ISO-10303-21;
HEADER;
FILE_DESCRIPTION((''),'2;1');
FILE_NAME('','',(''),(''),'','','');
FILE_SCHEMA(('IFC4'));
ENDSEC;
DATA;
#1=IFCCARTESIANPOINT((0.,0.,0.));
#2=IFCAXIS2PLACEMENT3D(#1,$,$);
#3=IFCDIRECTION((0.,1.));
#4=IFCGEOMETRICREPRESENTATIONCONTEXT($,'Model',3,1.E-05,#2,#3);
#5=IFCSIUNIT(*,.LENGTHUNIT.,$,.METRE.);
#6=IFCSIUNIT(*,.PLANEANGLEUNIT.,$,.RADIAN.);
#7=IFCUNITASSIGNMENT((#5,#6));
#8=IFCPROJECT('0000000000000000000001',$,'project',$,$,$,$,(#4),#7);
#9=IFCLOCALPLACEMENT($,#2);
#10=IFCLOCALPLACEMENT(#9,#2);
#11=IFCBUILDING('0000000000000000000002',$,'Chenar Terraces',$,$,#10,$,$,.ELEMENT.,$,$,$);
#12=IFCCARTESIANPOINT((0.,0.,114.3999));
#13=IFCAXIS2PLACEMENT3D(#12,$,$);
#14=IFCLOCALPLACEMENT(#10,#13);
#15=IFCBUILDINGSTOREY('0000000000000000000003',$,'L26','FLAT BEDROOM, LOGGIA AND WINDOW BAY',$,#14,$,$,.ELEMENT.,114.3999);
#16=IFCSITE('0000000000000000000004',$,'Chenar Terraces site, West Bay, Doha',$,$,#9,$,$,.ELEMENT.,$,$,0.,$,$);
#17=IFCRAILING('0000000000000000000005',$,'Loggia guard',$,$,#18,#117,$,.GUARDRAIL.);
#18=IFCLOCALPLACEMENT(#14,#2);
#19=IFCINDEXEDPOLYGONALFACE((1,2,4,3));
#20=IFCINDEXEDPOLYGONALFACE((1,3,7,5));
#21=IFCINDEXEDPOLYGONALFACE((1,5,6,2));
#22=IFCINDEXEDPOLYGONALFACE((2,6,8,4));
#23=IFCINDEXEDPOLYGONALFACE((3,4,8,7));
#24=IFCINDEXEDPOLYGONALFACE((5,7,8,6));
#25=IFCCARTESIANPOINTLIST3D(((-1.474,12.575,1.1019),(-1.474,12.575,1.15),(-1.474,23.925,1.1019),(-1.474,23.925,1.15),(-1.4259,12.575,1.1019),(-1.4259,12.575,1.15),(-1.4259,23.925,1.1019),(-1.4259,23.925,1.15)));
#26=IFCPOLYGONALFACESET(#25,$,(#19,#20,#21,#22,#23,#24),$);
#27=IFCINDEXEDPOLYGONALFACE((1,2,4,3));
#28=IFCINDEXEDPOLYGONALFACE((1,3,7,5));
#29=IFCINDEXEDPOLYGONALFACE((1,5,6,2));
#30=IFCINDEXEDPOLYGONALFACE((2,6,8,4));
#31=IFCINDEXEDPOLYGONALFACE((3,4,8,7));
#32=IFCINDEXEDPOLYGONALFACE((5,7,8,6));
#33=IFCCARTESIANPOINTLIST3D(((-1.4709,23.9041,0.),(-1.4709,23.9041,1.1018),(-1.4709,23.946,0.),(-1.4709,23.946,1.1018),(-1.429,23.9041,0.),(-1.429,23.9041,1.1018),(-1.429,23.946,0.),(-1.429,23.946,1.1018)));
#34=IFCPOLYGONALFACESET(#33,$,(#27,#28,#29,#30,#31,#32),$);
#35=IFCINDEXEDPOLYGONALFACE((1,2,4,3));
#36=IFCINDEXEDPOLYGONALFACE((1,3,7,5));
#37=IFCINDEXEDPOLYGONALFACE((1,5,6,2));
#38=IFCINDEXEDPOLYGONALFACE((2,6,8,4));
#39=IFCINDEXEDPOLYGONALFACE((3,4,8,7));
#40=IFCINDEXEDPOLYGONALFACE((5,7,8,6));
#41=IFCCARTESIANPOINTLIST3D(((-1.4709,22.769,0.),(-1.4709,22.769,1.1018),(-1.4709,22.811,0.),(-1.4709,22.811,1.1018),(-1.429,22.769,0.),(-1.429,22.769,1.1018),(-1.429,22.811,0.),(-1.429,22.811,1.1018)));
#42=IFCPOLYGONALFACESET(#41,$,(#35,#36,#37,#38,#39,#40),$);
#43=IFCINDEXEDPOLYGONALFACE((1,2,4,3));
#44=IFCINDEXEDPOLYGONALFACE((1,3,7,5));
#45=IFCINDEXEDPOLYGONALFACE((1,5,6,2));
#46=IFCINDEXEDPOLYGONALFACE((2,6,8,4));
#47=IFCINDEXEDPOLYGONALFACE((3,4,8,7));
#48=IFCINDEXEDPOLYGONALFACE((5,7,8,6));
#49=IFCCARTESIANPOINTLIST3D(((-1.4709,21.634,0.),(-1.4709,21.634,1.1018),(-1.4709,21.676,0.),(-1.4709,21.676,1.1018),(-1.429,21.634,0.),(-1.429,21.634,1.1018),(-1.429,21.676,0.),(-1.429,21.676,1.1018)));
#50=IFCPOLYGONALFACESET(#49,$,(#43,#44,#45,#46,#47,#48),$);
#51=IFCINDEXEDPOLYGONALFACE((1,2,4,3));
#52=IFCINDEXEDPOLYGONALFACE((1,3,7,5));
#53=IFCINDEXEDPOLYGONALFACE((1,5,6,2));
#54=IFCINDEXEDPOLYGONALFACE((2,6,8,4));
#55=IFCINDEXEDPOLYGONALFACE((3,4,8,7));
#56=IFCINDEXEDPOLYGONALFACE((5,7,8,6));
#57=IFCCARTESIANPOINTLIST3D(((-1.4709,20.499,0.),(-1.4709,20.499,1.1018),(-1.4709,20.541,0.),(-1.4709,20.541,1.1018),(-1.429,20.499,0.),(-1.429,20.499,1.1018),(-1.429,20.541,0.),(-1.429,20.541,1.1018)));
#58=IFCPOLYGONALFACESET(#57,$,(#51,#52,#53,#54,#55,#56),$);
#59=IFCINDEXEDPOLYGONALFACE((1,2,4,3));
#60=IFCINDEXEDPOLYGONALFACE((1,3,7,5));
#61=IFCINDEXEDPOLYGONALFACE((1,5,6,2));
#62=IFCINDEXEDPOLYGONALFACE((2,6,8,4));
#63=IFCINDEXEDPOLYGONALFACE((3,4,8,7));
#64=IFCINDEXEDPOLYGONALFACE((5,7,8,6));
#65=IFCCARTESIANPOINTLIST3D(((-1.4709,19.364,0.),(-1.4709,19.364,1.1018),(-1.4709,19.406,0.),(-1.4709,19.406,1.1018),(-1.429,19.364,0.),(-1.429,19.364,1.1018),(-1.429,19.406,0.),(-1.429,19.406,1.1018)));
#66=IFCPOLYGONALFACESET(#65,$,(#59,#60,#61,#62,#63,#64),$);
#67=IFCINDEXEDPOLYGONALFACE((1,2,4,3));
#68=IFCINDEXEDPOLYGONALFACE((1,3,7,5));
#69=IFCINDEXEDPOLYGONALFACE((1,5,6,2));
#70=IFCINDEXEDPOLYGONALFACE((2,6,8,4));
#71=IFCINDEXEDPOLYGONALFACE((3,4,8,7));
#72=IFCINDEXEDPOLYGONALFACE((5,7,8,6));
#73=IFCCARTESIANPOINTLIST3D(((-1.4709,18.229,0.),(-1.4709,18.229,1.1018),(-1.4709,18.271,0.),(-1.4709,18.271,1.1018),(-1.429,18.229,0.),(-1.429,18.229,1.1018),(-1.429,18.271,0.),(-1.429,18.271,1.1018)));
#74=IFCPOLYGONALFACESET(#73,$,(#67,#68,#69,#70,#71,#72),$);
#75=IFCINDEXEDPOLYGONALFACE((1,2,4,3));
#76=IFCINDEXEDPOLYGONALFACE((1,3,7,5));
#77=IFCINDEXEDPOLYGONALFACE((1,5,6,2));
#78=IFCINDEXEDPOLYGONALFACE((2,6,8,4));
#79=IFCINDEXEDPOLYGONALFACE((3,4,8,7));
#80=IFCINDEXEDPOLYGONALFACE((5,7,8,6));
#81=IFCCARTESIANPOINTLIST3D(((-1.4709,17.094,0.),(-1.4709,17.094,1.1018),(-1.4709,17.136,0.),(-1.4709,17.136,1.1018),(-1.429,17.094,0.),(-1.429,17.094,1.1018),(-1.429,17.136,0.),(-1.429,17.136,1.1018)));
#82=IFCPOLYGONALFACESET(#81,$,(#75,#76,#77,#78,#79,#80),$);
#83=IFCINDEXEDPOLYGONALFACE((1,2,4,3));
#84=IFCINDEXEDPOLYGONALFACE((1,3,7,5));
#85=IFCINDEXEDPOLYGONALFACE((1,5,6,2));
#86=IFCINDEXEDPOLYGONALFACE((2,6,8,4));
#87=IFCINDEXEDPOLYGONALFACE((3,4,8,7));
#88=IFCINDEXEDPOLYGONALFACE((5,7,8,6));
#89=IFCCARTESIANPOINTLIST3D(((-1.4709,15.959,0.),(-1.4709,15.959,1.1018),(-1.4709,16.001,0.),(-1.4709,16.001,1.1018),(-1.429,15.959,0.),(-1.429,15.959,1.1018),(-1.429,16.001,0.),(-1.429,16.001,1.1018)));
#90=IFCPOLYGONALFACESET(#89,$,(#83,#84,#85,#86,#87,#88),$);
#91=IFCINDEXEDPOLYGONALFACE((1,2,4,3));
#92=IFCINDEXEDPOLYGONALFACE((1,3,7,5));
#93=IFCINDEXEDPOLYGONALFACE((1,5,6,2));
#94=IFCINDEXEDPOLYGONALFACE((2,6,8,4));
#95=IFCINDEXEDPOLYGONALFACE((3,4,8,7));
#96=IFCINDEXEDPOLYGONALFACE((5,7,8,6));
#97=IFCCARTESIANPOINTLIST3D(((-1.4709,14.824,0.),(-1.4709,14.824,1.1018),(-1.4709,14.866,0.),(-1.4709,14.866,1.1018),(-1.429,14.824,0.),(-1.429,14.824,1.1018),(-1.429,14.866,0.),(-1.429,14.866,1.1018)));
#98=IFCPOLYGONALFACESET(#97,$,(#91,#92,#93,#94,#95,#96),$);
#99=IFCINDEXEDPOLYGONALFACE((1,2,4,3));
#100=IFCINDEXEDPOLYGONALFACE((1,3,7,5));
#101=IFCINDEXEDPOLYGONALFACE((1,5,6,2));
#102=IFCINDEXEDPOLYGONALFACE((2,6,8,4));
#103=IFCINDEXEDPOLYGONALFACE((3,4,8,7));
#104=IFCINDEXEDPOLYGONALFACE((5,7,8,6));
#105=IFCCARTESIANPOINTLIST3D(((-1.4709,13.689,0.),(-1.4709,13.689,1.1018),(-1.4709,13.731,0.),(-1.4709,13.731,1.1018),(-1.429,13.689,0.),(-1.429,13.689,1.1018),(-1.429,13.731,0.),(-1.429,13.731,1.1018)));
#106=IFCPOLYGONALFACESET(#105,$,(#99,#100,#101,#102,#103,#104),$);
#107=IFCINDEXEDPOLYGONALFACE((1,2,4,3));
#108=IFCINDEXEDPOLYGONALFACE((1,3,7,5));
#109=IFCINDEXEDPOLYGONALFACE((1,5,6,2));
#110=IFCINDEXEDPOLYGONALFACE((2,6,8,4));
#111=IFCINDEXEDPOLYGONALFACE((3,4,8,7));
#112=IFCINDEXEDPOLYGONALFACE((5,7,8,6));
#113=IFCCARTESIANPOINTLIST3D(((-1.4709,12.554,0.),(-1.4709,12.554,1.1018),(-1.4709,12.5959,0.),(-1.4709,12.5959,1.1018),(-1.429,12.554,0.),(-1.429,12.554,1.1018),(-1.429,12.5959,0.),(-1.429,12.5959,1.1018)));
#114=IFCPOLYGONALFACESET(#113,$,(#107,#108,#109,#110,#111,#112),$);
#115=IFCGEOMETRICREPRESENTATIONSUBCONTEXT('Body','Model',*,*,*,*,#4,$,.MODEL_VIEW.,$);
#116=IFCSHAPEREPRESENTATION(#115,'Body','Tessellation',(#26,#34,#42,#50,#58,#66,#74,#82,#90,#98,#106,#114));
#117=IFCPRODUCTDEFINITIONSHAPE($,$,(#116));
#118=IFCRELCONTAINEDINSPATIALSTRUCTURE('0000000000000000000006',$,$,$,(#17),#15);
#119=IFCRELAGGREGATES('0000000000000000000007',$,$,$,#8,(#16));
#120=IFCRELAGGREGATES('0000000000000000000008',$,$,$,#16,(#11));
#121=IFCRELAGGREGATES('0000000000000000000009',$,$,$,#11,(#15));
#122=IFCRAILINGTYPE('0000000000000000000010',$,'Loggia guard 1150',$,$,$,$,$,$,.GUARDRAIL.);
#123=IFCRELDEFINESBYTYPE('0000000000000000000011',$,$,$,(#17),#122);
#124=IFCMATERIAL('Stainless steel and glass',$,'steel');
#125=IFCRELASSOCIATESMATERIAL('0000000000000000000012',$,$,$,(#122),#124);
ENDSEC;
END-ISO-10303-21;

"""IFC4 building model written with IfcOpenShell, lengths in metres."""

from ifc_helpers import new_model, si_unit, direction, frame, origin, origin_2d, place, context, subcontext, project, spatial, rectangle, extrude, material, type_object, element, save


model = new_model("IFC4")

# Units and contexts
model_context = context("Model", 3, precision=1e-05, world=origin(), true_north=direction((0.0, 1.0)))
body_context = subcontext(model_context, "Body", "Model", "MODEL_VIEW")
ifc_project = project(units=[si_unit("LENGTHUNIT", "METRE"), si_unit("PLANEANGLEUNIT", "RADIAN")], contexts=[model_context])

# Site, building, storey
site_placement = place(None, origin())
site = spatial("IfcSite", under=ifc_project, at=site_placement, Name="Chenar Terraces site, West Bay, Doha", CompositionType="ELEMENT", RefElevation=0.0)
building_placement = place(site_placement, origin())
building = spatial("IfcBuilding", under=site, at=building_placement, Name="Chenar Terraces", CompositionType="ELEMENT")
storey_placement = place(building_placement, frame((0.0, 0.0, 114.3999)))
storey = spatial("IfcBuildingStorey", under=building, at=storey_placement, Name="L26", Description="FLAT BEDROOM, LOGGIA AND WINDOW BAY", CompositionType="ELEMENT", Elevation=114.3999)

# Railing
ifc_material_1 = material(Name="Stainless steel and glass", Category="steel")
railing_type_1 = type_object("IfcRailingType", Name="Loggia guard 1150", PredefinedType="GUARDRAIL", material=ifc_material_1)
railing_1_placement = place(storey_placement, frame((-1.45, 23.925, 0.0)))
element("IfcRailing", 1, at=railing_1_placement, inside=storey, type_object=railing_type_1, Name="Loggia guard", PredefinedType="GUARDRAIL", context=body_context, shape_type="SweptSolid", body=[
    extrude(rectangle(XDim=0.0481, YDim=0.0481, at=origin_2d()), frame((0.0, 0.0, 1.126), z_axis=(0.0, -1.0, 0.0), x_axis=(1.0, 0.0, 0.0)), (0.0, 0.0, 1.0), 11.3501),
    extrude(rectangle(XDim=0.042, YDim=0.042, at=origin_2d()), origin(), (0.0, 0.0, 1.0), 1.1018),
    extrude(rectangle(XDim=0.042, YDim=0.042, at=origin_2d()), frame((0.0, -1.135, 0.0)), (0.0, 0.0, 1.0), 1.1018),
    extrude(rectangle(XDim=0.042, YDim=0.042, at=origin_2d()), frame((0.0, -2.27, 0.0)), (0.0, 0.0, 1.0), 1.1018),
    extrude(rectangle(XDim=0.042, YDim=0.042, at=origin_2d()), frame((0.0, -3.405, 0.0)), (0.0, 0.0, 1.0), 1.1018),
    extrude(rectangle(XDim=0.042, YDim=0.042, at=origin_2d()), frame((0.0, -4.54, 0.0)), (0.0, 0.0, 1.0), 1.1018),
    extrude(rectangle(XDim=0.042, YDim=0.042, at=origin_2d()), frame((0.0, -5.675, 0.0)), (0.0, 0.0, 1.0), 1.1018),
    extrude(rectangle(XDim=0.042, YDim=0.042, at=origin_2d()), frame((0.0, -6.8101, 0.0)), (0.0, 0.0, 1.0), 1.1018),
    extrude(rectangle(XDim=0.042, YDim=0.042, at=origin_2d()), frame((0.0, -7.9451, 0.0)), (0.0, 0.0, 1.0), 1.1018),
    extrude(rectangle(XDim=0.042, YDim=0.042, at=origin_2d()), frame((0.0, -9.0801, 0.0)), (0.0, 0.0, 1.0), 1.1018),
    extrude(rectangle(XDim=0.042, YDim=0.042, at=origin_2d()), frame((0.0, -10.2151, 0.0)), (0.0, 0.0, 1.0), 1.1018),
    extrude(rectangle(XDim=0.042, YDim=0.042, at=origin_2d()), frame((0.0, -11.3501, 0.0)), (0.0, 0.0, 1.0), 1.1018),
])

save(model, "model.ifc")
